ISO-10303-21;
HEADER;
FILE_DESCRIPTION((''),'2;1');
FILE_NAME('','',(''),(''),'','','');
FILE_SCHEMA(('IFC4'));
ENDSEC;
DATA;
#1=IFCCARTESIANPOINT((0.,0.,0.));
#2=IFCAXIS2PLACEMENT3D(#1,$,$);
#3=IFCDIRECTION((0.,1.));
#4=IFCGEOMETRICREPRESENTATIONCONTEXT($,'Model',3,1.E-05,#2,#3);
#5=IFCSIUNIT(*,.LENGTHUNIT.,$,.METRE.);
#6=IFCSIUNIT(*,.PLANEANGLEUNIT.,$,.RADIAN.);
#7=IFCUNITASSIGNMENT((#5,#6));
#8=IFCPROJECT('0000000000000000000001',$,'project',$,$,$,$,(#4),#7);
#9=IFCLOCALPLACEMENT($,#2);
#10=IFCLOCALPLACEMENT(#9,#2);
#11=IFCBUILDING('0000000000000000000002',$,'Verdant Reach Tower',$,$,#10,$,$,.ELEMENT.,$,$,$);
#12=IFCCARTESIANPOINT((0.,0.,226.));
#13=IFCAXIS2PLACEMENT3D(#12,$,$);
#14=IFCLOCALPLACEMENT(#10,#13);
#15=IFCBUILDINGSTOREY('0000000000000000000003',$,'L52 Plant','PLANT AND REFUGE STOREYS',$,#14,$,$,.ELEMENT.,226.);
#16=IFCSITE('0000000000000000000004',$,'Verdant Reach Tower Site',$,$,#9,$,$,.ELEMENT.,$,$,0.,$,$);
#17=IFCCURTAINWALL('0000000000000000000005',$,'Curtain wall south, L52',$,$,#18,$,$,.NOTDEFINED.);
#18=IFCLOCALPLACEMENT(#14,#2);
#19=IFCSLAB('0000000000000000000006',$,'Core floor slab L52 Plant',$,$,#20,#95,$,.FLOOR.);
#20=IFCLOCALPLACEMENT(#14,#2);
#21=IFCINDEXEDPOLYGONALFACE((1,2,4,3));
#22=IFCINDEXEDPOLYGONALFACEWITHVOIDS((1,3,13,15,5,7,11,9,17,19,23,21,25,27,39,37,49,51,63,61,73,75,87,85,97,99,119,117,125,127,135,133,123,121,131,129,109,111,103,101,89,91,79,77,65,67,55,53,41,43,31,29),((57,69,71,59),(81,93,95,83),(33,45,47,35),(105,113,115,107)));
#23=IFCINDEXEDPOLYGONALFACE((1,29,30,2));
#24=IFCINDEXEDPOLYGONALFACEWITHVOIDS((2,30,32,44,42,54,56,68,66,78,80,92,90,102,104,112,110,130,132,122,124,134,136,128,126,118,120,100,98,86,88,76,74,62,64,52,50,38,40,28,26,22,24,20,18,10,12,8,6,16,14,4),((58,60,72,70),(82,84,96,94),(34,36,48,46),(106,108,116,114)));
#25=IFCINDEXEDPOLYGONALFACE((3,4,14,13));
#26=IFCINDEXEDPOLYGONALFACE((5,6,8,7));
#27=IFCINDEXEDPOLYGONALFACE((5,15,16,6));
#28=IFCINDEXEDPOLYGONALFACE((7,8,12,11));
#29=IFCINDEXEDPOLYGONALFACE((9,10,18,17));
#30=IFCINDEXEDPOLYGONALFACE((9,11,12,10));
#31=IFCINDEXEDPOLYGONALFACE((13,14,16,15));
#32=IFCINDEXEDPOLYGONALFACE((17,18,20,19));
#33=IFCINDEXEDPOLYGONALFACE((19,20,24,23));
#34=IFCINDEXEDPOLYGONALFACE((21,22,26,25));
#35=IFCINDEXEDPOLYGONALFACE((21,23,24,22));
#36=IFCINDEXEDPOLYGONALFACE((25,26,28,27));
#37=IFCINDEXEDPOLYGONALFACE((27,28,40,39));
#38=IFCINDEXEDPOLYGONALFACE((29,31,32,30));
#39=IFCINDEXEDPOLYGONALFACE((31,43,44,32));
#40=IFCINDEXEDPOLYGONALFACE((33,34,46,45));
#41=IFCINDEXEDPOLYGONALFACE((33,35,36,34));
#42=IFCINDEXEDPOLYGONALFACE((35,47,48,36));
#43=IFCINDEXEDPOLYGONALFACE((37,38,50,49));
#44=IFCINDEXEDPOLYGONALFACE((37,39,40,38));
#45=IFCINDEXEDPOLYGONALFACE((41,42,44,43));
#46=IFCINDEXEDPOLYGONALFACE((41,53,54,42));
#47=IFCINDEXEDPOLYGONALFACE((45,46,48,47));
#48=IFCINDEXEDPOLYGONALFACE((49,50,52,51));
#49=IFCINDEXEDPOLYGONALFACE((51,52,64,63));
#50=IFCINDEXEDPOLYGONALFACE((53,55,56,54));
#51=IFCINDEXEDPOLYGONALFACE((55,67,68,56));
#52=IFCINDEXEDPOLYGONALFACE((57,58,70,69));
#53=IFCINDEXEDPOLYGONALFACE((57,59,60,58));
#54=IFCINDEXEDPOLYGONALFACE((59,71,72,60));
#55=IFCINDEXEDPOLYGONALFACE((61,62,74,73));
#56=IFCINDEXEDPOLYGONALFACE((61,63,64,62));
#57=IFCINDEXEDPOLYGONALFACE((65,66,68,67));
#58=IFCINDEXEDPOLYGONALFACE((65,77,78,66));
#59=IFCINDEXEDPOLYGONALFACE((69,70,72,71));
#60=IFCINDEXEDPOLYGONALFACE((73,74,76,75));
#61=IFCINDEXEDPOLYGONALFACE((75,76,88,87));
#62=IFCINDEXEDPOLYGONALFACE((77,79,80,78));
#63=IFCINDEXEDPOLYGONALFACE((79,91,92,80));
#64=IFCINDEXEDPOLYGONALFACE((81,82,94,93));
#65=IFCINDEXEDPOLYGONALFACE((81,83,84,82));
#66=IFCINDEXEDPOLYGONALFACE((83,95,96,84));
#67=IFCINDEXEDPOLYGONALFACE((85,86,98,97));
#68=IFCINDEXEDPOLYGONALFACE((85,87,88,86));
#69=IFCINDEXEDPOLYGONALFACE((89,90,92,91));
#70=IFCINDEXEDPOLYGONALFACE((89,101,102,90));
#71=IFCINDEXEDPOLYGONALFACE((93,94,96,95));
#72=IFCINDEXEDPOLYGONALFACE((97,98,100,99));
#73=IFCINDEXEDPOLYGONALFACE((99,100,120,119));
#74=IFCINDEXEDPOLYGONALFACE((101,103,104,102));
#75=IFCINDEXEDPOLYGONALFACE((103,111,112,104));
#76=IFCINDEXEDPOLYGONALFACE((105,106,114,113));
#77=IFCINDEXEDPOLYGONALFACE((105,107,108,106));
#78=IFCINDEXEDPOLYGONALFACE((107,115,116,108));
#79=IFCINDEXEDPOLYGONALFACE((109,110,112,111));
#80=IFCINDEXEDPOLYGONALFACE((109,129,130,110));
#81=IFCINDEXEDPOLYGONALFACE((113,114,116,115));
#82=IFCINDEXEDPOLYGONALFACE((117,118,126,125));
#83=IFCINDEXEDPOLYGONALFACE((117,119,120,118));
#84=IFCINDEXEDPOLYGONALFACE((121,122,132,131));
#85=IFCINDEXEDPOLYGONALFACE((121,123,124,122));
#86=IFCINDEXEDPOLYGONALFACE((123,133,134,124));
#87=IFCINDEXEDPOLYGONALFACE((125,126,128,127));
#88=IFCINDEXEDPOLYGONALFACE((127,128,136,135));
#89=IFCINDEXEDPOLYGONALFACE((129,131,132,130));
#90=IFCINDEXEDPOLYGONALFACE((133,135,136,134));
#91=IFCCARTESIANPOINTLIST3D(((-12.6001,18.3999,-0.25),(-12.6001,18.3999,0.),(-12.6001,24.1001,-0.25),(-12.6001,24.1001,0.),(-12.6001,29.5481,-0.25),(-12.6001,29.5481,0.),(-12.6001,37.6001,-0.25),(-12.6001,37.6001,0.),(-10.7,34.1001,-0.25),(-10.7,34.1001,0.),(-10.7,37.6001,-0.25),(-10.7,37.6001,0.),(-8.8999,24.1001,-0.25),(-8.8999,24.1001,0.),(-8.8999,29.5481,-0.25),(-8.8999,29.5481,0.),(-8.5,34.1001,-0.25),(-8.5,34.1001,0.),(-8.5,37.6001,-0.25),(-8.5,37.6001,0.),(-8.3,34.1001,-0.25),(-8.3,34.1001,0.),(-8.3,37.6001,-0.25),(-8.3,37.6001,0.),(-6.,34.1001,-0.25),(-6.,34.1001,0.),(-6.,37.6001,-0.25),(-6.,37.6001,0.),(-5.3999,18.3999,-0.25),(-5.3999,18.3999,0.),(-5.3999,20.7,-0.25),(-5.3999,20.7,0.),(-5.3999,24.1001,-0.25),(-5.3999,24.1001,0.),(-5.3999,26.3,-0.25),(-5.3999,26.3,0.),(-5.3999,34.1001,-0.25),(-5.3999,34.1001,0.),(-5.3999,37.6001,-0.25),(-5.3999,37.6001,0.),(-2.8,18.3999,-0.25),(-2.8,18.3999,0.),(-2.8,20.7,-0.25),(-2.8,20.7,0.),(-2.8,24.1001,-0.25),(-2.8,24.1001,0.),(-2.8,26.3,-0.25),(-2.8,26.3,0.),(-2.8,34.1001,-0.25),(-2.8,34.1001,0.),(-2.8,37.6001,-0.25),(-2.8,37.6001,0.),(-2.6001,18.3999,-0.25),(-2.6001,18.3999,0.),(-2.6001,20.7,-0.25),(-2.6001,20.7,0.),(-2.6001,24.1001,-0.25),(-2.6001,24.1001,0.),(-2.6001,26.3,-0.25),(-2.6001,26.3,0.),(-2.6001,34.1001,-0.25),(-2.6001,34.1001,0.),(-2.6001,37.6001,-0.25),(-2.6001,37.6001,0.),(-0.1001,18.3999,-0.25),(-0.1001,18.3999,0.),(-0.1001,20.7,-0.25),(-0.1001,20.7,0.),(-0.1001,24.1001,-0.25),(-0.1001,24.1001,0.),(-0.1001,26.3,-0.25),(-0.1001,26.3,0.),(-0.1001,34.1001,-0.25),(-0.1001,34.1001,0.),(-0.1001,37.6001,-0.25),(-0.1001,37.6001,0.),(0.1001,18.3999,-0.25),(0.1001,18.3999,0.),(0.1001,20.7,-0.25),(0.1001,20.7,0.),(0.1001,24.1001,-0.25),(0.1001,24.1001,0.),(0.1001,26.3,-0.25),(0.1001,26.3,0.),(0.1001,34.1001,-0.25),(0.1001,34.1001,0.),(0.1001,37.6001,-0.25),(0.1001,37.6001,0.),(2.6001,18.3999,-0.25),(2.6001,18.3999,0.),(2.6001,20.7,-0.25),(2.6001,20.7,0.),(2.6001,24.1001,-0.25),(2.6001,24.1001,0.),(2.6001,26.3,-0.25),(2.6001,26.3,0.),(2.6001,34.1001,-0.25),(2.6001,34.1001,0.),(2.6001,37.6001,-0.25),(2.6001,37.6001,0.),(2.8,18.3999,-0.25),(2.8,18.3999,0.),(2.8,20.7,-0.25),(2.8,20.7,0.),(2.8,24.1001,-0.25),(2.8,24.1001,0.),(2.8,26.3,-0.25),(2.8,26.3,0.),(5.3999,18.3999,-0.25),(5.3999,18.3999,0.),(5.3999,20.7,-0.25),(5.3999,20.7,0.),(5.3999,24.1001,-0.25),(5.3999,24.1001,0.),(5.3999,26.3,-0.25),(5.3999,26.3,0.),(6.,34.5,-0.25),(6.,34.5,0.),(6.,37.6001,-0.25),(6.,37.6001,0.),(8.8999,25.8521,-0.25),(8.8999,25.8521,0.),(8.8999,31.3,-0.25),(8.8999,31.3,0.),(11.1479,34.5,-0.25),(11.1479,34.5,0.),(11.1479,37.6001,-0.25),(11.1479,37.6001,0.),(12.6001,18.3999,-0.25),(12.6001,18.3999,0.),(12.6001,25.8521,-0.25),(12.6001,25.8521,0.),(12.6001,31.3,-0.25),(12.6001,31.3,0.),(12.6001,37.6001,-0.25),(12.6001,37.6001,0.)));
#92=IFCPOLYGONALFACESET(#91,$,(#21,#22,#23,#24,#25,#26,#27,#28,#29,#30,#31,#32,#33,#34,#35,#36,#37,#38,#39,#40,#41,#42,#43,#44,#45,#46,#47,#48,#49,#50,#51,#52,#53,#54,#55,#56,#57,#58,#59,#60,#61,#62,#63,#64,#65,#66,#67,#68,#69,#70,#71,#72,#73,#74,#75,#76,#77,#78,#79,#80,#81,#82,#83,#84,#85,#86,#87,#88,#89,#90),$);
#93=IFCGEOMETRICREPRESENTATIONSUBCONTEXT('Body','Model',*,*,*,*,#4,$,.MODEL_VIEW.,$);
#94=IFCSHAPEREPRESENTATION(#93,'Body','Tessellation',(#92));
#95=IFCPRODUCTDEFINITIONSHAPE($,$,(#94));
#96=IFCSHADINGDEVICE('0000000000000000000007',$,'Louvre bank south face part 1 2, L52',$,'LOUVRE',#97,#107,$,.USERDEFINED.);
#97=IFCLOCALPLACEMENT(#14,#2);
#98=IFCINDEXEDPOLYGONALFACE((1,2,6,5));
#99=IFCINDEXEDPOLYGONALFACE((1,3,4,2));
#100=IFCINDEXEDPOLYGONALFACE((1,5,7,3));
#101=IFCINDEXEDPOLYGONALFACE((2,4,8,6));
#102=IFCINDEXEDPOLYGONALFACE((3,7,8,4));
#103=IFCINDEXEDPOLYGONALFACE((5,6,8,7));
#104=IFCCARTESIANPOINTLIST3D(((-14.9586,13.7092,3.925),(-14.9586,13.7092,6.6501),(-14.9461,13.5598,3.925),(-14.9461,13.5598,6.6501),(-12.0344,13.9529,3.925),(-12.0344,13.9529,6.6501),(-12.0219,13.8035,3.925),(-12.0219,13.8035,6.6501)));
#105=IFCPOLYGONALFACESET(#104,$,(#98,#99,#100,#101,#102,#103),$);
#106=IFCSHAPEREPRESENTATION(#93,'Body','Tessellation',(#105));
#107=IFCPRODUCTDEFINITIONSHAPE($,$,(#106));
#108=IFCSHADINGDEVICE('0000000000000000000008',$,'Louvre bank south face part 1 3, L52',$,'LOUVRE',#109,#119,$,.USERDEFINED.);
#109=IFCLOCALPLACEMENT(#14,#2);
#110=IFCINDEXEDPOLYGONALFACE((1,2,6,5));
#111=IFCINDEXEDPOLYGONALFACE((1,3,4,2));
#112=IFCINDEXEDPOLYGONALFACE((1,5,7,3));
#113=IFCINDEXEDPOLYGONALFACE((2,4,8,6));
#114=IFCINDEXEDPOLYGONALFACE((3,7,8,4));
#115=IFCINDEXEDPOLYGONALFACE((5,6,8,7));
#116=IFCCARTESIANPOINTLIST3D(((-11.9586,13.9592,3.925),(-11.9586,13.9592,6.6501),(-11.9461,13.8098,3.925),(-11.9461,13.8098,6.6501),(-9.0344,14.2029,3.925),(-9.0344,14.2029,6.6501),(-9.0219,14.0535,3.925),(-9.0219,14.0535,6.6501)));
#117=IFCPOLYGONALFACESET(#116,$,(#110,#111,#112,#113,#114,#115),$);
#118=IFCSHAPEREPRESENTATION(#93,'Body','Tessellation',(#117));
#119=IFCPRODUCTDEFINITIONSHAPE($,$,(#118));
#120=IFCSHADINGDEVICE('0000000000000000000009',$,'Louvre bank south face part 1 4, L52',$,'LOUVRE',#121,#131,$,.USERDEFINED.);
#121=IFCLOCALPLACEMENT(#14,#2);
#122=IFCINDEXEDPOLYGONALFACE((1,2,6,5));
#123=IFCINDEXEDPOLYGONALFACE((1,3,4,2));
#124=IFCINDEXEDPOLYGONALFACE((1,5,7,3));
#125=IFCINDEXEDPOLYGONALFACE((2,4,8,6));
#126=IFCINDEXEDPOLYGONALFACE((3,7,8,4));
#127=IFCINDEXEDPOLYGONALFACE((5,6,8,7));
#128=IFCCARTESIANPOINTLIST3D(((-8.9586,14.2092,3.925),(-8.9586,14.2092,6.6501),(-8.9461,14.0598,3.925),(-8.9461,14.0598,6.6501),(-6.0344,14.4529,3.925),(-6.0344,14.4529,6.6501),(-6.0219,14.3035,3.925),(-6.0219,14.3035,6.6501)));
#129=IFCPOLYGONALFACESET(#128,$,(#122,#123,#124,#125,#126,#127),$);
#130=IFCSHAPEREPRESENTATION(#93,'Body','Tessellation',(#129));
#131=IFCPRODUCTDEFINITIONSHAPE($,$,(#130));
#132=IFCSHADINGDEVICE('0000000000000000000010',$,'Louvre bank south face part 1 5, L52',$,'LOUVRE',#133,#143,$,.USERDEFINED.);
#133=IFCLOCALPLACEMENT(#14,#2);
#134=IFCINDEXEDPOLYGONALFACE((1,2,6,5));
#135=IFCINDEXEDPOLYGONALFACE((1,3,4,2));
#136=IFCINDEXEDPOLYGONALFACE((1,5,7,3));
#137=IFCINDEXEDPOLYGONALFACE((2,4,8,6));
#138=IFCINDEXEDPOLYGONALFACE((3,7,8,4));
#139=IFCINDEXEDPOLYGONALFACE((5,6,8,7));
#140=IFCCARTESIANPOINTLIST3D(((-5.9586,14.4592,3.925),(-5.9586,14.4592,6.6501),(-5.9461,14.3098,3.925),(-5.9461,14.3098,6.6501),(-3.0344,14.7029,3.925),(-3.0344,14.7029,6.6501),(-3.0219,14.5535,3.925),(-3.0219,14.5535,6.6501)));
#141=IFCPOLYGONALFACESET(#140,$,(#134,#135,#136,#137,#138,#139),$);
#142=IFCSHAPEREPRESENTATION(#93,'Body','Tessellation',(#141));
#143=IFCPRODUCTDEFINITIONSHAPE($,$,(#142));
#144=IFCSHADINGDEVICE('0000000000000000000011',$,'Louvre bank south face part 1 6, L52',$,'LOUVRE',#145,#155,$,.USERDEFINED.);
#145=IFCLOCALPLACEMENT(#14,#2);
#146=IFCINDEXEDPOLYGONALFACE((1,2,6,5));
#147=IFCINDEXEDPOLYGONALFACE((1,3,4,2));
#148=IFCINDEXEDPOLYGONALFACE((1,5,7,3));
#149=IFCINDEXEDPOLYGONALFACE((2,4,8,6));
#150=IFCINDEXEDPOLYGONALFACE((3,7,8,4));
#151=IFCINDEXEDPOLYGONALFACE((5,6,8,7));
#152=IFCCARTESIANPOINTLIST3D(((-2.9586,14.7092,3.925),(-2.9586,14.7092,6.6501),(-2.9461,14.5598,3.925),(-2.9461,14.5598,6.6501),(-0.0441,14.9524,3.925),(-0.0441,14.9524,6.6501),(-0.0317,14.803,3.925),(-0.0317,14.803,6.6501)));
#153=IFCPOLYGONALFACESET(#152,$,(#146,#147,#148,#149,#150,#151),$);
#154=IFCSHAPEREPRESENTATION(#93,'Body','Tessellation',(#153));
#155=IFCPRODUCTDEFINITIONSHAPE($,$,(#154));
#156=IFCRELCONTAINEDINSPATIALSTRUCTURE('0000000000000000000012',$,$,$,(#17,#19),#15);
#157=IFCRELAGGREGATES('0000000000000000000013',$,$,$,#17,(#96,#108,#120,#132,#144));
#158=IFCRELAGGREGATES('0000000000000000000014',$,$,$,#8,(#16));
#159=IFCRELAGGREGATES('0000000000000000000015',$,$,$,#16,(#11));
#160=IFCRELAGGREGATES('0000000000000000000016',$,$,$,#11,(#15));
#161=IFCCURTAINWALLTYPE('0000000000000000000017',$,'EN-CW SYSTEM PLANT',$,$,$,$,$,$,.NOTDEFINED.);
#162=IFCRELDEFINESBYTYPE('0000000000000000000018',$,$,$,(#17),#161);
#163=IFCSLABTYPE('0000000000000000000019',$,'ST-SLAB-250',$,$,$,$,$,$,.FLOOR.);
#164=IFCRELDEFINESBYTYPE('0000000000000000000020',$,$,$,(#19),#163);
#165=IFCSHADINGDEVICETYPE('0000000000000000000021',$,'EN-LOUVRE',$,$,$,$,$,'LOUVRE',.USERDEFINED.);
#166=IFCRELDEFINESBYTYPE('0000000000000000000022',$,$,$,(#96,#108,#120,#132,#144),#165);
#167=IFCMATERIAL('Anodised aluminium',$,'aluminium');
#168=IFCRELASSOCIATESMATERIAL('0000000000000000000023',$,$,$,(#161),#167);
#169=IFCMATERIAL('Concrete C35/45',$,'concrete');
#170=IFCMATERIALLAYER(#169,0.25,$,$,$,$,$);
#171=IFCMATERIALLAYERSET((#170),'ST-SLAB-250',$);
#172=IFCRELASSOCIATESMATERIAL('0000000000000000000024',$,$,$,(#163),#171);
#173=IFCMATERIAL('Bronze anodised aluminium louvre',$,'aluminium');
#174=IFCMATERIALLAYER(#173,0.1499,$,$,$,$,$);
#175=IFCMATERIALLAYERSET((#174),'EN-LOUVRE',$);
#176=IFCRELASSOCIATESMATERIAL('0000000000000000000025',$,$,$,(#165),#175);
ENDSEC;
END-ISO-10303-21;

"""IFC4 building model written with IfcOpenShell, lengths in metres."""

from ifc_helpers import new_model, si_unit, direction, frame, origin, origin_2d, place, context, subcontext, project, spatial, polyline, rectangle, outline, extrude, material, layer, layer_set, type_object, element, aggregate, save


model = new_model("IFC4")

# Units and contexts
model_context = context("Model", 3, precision=1e-05, world=origin(), true_north=direction((0.0, 1.0)))
body_context = subcontext(model_context, "Body", "Model", "MODEL_VIEW")
ifc_project = project(units=[si_unit("LENGTHUNIT", "METRE"), si_unit("PLANEANGLEUNIT", "RADIAN")], contexts=[model_context])

# Site, building, storey
site_placement = place(None, origin())
site = spatial("IfcSite", under=ifc_project, at=site_placement, Name="Verdant Reach Tower Site", CompositionType="ELEMENT", RefElevation=0.0)
building_placement = place(site_placement, origin())
building = spatial("IfcBuilding", under=site, at=building_placement, Name="Verdant Reach Tower", CompositionType="ELEMENT")
storey_placement = place(building_placement, frame((0.0, 0.0, 226.0)))
storey = spatial("IfcBuildingStorey", under=building, at=storey_placement, Name="L52 Plant", Description="PLANT AND REFUGE STOREYS", CompositionType="ELEMENT", Elevation=226.0)

# Curtain wall
ifc_material_1 = material(Name="Anodised aluminium", Category="aluminium")
curtain_wall_type = type_object("IfcCurtainWallType", Name="EN-CW SYSTEM PLANT", PredefinedType="NOTDEFINED", material=ifc_material_1)
curtain_wall_placement = place(storey_placement, origin())
curtain_wall = element("IfcCurtainWall", 1, at=curtain_wall_placement, inside=storey, type_object=curtain_wall_type, Name="Curtain wall south, L52", PredefinedType="NOTDEFINED")

# Slab
ifc_material_2 = material(Name="Concrete C35/45", Category="concrete")
ifc_layer_1 = layer(ifc_material_2, 0.25)
ifc_layer_set_1 = layer_set([ifc_layer_1], Name="ST-SLAB-250")
slab_type_1 = type_object("IfcSlabType", Name="ST-SLAB-250", PredefinedType="FLOOR", material=ifc_layer_set_1)
slab_1_placement = place(storey_placement, frame((0.0, 0.0, -0.25)))
element("IfcSlab", 2, at=slab_1_placement, inside=storey, type_object=slab_type_1, Name="Core floor slab L52 Plant", PredefinedType="FLOOR", context=body_context, shape_type="SweptSolid", body=[
    extrude(outline(polyline([(12.6001, 18.3999), (5.3999, 18.3999), (5.3999, 20.7), (2.8, 20.7), (2.8, 18.3999), (2.6001, 18.3999), (2.6001, 20.7), (0.1001, 20.7), (0.1001, 18.3999), (-0.1001, 18.3999), (-0.1001, 20.7), (-2.6001, 20.7), (-2.6001, 18.3999), (-2.8, 18.3999), (-2.8, 20.7), (-5.3999, 20.7), (-5.3999, 18.3999), (-12.6001, 18.3999), (-12.6001, 24.1001), (-8.8999, 24.1001), (-8.8999, 29.5481), (-12.6001, 29.5481), (-12.6001, 37.6001), (-10.7, 37.6001), (-10.7, 34.1001), (-8.5, 34.1001), (-8.5, 37.6001), (-8.3, 37.6001), (-8.3, 34.1001), (-6.0, 34.1001), (-6.0, 37.6001), (-5.3999, 37.6001), (-5.3999, 34.1001), (-2.8, 34.1001), (-2.8, 37.6001), (-2.6001, 37.6001), (-2.6001, 34.1001), (-0.1001, 34.1001), (-0.1001, 37.6001), (0.1001, 37.6001), (0.1001, 34.1001), (2.6001, 34.1001), (2.6001, 37.6001), (6.0, 37.6001), (6.0, 34.5), (11.1479, 34.5), (11.1479, 37.6001), (12.6001, 37.6001), (12.6001, 31.3), (8.8999, 31.3), (8.8999, 25.8521), (12.6001, 25.8521), (12.6001, 18.3999)]), holes=[polyline([(-2.8, 24.1001), (-2.8, 26.3), (-5.3999, 26.3), (-5.3999, 24.1001), (-2.8, 24.1001)]), polyline([(-0.1001, 24.1001), (-0.1001, 26.3), (-2.6001, 26.3), (-2.6001, 24.1001), (-0.1001, 24.1001)]), polyline([(2.6001, 24.1001), (2.6001, 26.3), (0.1001, 26.3), (0.1001, 24.1001), (2.6001, 24.1001)]), polyline([(5.3999, 24.1001), (5.3999, 26.3), (2.8, 26.3), (2.8, 24.1001), (5.3999, 24.1001)])]), origin(), (0.0, 0.0, 1.0), 0.25),
])

# Shading devices
ifc_material_3 = material(Name="Bronze anodised aluminium louvre", Category="aluminium")
ifc_layer_2 = layer(ifc_material_3, 0.1499)
ifc_layer_set_2 = layer_set([ifc_layer_2], Name="EN-LOUVRE")
shading_device_type = type_object("IfcShadingDeviceType", Name="EN-LOUVRE", ElementType="LOUVRE", PredefinedType="USERDEFINED", material=ifc_layer_set_2)
shading_device_1_placement = place(storey_placement, frame((-13.4902, 13.7563, 3.925), z_axis=(0.0, 0.0, 1.0), x_axis=(0.996546, 0.083045, 0.0)))
shading_device_1 = element("IfcShadingDevice", 3, at=shading_device_1_placement, type_object=shading_device_type, Name="Louvre bank south face part 1 2, L52", ObjectType="LOUVRE", PredefinedType="USERDEFINED", context=body_context, shape_type="SweptSolid", body=[
    extrude(rectangle(XDim=2.9343, YDim=0.1499, at=origin_2d()), origin(), (0.0, 0.0, 1.0), 2.7251),
])
shading_device_2_placement = place(storey_placement, frame((-10.4902, 14.0063, 3.925), z_axis=(0.0, 0.0, 1.0), x_axis=(0.996546, 0.083045, 0.0)))
shading_device_2 = element("IfcShadingDevice", 4, at=shading_device_2_placement, type_object=shading_device_type, Name="Louvre bank south face part 1 3, L52", ObjectType="LOUVRE", PredefinedType="USERDEFINED", context=body_context, shape_type="SweptSolid", body=[
    extrude(rectangle(XDim=2.9343, YDim=0.1499, at=origin_2d()), origin(), (0.0, 0.0, 1.0), 2.7251),
])
shading_device_3_placement = place(storey_placement, frame((-7.4902, 14.2563, 3.925), z_axis=(0.0, 0.0, 1.0), x_axis=(0.996546, 0.083045, 0.0)))
shading_device_3 = element("IfcShadingDevice", 5, at=shading_device_3_placement, type_object=shading_device_type, Name="Louvre bank south face part 1 4, L52", ObjectType="LOUVRE", PredefinedType="USERDEFINED", context=body_context, shape_type="SweptSolid", body=[
    extrude(rectangle(XDim=2.9343, YDim=0.1499, at=origin_2d()), origin(), (0.0, 0.0, 1.0), 2.7251),
])
shading_device_4_placement = place(storey_placement, frame((-4.4902, 14.5063, 3.925), z_axis=(0.0, 0.0, 1.0), x_axis=(0.996546, 0.083045, 0.0)))
shading_device_4 = element("IfcShadingDevice", 6, at=shading_device_4_placement, type_object=shading_device_type, Name="Louvre bank south face part 1 5, L52", ObjectType="LOUVRE", PredefinedType="USERDEFINED", context=body_context, shape_type="SweptSolid", body=[
    extrude(rectangle(XDim=2.9343, YDim=0.1499, at=origin_2d()), origin(), (0.0, 0.0, 1.0), 2.7251),
])
shading_device_5_placement = place(storey_placement, frame((-1.4951, 14.7561, 3.925), z_axis=(0.0, 0.0, 1.0), x_axis=(0.996534, 0.083182, 0.0)))
shading_device_5 = element("IfcShadingDevice", 7, at=shading_device_5_placement, type_object=shading_device_type, Name="Louvre bank south face part 1 6, L52", ObjectType="LOUVRE", PredefinedType="USERDEFINED", context=body_context, shape_type="SweptSolid", body=[
    extrude(rectangle(XDim=2.9246, YDim=0.1499, at=origin_2d()), origin(), (0.0, 0.0, 1.0), 2.7251),
])
aggregate(curtain_wall, [shading_device_1, shading_device_2, shading_device_3, shading_device_4, shading_device_5])

save(model, "model.ifc")
